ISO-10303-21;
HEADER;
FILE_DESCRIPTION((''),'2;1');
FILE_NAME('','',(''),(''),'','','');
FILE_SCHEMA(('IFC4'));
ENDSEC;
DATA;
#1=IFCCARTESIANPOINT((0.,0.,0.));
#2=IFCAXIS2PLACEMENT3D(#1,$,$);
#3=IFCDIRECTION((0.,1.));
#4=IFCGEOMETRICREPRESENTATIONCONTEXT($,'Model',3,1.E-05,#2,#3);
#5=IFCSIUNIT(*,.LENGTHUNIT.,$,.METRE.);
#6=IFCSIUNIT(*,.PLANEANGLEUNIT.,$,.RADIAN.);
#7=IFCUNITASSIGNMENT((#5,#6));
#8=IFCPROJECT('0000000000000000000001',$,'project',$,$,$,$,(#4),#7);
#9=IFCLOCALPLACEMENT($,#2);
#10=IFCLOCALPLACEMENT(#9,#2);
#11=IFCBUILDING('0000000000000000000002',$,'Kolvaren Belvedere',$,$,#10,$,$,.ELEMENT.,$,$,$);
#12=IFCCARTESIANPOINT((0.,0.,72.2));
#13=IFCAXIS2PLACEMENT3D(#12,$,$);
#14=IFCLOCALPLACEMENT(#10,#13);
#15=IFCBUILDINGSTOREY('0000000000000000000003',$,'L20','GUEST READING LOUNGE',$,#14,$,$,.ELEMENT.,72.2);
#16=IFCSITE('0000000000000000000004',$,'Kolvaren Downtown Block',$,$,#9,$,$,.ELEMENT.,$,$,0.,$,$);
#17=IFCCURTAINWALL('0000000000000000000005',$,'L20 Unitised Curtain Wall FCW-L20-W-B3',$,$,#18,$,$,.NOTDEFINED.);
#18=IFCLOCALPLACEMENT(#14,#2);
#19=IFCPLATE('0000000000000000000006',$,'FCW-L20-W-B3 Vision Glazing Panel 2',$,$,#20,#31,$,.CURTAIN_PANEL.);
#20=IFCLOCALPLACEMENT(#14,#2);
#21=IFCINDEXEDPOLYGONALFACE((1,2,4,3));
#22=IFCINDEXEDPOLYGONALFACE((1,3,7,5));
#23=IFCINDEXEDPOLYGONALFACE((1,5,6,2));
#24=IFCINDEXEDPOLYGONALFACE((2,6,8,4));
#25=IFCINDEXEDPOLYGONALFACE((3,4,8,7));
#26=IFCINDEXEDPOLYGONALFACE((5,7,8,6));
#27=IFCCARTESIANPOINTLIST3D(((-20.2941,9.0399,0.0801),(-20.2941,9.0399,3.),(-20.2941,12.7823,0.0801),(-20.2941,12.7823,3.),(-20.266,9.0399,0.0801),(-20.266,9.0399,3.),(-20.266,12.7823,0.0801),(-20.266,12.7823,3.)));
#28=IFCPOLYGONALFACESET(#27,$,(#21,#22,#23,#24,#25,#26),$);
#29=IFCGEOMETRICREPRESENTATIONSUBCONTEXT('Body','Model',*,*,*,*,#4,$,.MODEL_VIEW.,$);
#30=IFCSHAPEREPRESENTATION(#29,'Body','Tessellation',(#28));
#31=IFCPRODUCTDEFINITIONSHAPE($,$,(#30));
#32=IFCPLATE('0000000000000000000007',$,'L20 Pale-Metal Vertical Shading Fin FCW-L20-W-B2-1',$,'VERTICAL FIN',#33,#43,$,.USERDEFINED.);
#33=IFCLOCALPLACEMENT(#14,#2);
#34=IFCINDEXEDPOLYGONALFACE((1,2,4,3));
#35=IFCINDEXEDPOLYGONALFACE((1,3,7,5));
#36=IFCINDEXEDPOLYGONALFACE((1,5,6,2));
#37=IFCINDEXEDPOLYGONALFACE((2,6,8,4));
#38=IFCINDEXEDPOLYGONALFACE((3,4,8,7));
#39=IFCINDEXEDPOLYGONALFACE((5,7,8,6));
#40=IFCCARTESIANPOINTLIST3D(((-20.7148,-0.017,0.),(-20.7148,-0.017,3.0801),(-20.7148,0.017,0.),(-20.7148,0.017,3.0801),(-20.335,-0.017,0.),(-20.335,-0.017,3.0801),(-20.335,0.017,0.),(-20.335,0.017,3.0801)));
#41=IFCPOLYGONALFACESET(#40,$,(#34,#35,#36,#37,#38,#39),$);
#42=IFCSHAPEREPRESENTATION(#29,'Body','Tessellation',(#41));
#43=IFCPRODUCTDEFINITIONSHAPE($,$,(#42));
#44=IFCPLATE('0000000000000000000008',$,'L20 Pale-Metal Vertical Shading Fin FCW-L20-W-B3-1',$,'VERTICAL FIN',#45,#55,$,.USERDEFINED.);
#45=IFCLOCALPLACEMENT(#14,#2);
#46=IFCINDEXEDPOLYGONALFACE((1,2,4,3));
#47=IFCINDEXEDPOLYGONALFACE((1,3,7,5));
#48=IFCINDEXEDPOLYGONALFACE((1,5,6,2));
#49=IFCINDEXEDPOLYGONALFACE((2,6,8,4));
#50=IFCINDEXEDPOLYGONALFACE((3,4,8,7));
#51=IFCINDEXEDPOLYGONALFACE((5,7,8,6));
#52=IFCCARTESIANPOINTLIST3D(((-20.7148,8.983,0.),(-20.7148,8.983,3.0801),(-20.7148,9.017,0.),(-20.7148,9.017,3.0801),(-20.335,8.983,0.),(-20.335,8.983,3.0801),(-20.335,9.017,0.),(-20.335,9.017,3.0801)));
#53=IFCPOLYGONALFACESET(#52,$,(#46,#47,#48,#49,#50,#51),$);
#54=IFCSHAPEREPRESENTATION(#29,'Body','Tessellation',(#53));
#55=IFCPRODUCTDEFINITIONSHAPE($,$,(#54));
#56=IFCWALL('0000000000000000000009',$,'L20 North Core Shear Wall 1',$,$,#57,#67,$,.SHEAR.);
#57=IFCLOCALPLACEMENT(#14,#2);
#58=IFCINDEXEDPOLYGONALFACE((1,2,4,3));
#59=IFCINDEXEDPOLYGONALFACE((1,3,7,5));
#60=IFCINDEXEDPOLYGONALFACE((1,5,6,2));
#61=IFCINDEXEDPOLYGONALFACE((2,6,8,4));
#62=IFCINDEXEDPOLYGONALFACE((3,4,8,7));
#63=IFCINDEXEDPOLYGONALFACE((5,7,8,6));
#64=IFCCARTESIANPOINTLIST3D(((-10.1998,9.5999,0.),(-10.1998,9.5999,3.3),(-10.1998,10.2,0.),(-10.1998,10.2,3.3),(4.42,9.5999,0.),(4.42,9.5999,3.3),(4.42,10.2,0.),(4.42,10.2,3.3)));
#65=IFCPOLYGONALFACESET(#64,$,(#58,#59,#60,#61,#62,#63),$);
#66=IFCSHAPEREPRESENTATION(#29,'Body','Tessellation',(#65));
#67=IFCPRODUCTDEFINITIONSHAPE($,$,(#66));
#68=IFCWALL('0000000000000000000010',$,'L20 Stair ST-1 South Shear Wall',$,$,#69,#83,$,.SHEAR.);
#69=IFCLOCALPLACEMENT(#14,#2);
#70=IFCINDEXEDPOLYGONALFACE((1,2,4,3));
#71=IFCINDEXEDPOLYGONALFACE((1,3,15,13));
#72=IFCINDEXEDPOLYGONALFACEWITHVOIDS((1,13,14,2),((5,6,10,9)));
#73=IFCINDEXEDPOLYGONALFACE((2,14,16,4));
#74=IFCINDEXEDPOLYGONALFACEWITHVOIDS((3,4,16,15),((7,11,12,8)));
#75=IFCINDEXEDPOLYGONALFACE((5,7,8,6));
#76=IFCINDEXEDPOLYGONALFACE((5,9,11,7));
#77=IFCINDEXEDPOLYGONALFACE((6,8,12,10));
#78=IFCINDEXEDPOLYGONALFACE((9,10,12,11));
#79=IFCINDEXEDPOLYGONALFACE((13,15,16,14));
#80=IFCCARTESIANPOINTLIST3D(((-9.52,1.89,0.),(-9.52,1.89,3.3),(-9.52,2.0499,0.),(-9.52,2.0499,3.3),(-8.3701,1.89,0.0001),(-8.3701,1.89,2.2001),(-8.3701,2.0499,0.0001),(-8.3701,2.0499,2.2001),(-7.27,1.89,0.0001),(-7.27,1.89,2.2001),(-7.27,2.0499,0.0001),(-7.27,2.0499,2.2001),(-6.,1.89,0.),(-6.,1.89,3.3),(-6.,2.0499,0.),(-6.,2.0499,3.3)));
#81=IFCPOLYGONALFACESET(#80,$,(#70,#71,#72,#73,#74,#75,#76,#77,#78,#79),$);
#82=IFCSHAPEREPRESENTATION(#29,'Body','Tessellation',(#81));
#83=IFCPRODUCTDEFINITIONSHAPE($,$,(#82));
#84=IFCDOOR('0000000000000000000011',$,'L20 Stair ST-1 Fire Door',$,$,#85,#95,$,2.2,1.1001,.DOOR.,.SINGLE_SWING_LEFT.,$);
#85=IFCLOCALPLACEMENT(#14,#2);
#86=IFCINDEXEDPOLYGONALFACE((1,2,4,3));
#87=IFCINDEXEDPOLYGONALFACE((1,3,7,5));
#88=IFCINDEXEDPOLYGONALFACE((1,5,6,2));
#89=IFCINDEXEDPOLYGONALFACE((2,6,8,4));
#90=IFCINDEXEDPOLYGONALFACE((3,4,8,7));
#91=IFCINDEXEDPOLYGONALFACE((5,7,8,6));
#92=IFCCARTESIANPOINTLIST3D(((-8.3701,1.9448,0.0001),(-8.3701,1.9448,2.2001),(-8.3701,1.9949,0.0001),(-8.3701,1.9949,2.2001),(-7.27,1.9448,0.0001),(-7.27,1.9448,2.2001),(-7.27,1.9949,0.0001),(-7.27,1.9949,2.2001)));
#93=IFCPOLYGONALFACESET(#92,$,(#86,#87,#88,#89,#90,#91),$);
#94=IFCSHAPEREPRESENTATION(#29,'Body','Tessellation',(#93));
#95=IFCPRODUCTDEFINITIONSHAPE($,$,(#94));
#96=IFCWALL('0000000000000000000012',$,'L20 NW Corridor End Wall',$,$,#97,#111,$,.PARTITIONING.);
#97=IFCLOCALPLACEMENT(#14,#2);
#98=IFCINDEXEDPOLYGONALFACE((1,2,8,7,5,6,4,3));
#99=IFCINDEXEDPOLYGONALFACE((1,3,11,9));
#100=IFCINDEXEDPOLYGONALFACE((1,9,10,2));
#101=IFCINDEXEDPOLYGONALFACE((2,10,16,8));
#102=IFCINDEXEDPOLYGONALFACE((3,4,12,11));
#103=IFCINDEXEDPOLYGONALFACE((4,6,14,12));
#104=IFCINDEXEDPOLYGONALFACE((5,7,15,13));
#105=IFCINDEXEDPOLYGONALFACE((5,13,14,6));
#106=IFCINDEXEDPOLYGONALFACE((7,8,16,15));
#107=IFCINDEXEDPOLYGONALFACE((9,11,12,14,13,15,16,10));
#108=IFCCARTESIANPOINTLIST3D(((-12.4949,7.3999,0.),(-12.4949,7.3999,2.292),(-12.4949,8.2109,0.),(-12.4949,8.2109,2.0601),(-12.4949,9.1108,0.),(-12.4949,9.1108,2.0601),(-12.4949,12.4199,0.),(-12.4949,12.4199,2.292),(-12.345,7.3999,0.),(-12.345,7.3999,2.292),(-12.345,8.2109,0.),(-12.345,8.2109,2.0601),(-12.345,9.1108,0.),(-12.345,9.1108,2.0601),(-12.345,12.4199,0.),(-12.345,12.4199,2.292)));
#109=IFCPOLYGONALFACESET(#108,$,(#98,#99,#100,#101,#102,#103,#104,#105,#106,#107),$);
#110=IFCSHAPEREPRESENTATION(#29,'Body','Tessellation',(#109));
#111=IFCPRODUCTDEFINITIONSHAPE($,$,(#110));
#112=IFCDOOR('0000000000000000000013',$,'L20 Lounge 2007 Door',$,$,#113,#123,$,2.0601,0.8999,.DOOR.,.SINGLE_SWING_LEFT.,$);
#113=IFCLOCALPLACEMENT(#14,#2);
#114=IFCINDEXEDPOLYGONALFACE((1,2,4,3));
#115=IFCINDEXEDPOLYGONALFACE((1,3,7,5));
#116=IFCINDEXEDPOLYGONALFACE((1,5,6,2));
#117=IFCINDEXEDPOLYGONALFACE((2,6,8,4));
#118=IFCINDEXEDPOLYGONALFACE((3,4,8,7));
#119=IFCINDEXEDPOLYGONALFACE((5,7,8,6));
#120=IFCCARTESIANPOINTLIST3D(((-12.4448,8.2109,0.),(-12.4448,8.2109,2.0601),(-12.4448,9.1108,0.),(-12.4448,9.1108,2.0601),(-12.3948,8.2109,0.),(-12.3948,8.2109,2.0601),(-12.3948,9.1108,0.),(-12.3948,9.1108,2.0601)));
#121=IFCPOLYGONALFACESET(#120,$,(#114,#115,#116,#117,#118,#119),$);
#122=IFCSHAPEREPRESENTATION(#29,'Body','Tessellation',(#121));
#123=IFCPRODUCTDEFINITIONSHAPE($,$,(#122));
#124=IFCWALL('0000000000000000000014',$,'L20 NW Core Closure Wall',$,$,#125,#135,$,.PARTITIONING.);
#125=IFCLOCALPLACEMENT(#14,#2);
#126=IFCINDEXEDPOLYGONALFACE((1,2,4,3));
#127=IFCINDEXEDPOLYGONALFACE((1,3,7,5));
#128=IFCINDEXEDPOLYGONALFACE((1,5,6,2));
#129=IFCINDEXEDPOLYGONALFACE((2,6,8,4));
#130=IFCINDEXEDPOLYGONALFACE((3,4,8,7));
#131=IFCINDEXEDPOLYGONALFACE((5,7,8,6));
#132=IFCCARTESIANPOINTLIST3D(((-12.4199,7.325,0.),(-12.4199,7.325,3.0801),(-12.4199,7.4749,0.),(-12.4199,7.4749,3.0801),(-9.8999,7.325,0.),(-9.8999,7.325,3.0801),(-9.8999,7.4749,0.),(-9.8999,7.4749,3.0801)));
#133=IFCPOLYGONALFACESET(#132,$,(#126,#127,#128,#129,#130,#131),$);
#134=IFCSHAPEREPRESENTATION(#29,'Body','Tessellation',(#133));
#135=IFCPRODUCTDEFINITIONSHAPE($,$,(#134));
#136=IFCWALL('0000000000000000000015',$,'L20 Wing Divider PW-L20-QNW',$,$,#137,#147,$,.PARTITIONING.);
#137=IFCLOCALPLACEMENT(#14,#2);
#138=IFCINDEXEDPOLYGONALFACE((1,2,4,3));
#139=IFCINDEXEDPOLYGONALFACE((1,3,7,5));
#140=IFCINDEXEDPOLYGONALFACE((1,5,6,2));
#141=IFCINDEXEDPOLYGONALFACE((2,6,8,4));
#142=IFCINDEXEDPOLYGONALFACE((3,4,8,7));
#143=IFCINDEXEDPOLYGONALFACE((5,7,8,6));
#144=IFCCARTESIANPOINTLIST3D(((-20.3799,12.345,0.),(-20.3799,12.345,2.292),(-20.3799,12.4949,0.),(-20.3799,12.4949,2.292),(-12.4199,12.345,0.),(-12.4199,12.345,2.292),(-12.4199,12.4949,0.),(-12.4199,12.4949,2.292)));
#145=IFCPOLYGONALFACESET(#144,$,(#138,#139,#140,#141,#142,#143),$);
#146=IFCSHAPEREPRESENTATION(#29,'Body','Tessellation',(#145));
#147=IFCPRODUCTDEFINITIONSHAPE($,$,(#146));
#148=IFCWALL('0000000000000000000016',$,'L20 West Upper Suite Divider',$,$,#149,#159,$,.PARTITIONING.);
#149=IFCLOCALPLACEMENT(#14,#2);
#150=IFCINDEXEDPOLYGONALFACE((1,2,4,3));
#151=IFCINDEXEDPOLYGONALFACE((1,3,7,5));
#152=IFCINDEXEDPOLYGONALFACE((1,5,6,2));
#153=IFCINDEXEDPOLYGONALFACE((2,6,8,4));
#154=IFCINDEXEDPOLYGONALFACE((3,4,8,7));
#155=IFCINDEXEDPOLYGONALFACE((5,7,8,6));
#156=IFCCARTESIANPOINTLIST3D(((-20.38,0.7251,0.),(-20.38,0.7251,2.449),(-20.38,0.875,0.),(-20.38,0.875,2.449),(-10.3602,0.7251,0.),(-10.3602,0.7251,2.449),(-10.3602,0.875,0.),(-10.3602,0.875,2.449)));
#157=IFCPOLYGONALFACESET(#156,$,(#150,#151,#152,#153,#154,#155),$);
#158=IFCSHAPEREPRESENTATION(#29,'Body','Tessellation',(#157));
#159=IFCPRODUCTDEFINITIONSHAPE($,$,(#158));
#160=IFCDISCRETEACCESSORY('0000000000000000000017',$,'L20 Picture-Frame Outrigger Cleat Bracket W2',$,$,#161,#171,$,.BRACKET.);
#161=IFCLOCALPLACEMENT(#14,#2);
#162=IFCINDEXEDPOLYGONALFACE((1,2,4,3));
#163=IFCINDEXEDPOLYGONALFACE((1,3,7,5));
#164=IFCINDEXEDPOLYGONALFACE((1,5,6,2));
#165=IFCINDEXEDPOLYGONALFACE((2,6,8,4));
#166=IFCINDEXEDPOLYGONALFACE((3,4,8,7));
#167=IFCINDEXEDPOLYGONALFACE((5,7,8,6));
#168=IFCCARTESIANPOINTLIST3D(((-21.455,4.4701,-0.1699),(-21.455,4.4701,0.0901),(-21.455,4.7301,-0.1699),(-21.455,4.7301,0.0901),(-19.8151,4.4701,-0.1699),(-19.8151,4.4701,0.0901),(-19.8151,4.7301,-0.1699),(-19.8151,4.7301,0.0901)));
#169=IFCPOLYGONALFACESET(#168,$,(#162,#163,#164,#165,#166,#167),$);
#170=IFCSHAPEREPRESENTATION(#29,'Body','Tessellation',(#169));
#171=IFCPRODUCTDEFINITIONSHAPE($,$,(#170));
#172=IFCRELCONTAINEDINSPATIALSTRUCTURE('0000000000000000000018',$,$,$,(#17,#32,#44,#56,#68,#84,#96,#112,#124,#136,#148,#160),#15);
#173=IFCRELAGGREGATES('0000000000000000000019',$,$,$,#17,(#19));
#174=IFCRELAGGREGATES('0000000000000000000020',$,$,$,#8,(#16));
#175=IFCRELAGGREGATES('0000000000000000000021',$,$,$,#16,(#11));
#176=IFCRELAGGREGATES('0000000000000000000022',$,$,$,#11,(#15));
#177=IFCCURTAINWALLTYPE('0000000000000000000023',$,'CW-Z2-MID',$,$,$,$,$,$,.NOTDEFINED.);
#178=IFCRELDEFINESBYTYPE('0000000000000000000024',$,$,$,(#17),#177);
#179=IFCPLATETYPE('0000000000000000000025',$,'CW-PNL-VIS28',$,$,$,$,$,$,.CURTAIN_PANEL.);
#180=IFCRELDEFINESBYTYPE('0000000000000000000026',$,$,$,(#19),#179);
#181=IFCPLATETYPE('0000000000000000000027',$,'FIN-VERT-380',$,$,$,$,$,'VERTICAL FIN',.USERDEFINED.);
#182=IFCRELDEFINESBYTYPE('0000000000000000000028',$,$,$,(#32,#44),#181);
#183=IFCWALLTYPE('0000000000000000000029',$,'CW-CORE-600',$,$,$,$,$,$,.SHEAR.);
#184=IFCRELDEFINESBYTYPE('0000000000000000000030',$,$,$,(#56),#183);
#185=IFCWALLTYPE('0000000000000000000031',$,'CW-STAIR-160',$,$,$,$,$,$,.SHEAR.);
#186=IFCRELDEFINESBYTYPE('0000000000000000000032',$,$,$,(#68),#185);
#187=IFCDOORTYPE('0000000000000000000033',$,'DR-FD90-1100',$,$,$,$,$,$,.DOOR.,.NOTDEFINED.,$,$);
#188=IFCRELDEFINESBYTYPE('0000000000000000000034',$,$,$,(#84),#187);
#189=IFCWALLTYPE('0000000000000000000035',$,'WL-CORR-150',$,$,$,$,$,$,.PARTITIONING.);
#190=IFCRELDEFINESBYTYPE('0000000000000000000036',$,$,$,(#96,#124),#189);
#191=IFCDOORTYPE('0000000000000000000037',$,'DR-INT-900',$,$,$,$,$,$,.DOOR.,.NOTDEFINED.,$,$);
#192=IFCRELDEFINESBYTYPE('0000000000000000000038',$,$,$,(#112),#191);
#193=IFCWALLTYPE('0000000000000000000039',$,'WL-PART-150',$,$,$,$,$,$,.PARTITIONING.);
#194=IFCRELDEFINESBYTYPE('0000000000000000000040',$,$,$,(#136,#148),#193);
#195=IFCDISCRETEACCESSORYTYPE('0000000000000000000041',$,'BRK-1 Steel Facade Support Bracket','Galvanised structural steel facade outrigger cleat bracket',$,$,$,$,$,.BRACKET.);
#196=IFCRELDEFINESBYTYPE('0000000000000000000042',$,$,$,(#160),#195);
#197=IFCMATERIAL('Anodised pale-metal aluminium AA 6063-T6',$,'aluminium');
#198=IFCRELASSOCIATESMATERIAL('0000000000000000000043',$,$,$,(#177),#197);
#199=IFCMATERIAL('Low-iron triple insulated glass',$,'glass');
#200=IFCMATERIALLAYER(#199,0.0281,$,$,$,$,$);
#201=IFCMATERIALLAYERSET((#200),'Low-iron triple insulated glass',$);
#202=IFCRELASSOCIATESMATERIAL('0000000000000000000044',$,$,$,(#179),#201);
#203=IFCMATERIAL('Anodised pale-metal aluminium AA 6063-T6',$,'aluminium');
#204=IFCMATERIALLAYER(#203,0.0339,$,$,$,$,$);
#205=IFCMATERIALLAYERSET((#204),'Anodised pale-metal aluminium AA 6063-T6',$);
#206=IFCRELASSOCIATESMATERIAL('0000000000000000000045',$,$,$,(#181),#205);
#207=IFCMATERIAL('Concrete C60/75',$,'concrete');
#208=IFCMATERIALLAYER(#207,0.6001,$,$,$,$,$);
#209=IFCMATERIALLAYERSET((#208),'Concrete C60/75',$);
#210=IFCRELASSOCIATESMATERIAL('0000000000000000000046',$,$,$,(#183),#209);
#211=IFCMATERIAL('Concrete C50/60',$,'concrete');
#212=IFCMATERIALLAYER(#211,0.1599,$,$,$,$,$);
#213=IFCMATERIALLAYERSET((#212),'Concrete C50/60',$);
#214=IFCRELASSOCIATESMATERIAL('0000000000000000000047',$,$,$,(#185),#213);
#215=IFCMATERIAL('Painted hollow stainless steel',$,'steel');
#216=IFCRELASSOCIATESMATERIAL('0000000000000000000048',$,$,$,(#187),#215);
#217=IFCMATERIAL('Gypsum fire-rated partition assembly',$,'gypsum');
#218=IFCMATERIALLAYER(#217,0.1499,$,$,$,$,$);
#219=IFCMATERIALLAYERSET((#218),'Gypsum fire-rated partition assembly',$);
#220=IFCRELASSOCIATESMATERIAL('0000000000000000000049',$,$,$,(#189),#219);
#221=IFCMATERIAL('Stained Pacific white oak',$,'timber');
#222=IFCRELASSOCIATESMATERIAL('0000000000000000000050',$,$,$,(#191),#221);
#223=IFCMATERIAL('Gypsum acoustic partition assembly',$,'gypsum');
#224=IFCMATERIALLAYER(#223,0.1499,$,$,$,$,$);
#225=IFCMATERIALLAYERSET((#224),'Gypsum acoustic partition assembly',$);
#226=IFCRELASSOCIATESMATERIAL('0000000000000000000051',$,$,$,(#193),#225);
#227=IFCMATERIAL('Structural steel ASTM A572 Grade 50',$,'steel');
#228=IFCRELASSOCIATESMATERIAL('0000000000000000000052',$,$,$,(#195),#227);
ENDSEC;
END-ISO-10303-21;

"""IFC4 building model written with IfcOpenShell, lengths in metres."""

from ifc_helpers import new_model, si_unit, direction, frame, frame_2d, origin, origin_2d, place, context, subcontext, project, spatial, rectangle, extrude, material, layer, layer_set, type_object, element, fill, aggregate, save


model = new_model("IFC4")

# Units and contexts
model_context = context("Model", 3, precision=1e-05, world=origin(), true_north=direction((0.0, 1.0)))
body_context = subcontext(model_context, "Body", "Model", "MODEL_VIEW")
ifc_project = project(units=[si_unit("LENGTHUNIT", "METRE"), si_unit("PLANEANGLEUNIT", "RADIAN")], contexts=[model_context])

# Site, building, storey
site_placement = place(None, origin())
site = spatial("IfcSite", under=ifc_project, at=site_placement, Name="Kolvaren Downtown Block", CompositionType="ELEMENT", RefElevation=0.0)
building_placement = place(site_placement, origin())
building = spatial("IfcBuilding", under=site, at=building_placement, Name="Kolvaren Belvedere", CompositionType="ELEMENT")
storey_placement = place(building_placement, frame((0.0, 0.0, 72.2)))
storey = spatial("IfcBuildingStorey", under=building, at=storey_placement, Name="L20", Description="GUEST READING LOUNGE", CompositionType="ELEMENT", Elevation=72.2)

# Shared definitions
ifc_material_1 = material(Name="Anodised pale-metal aluminium AA 6063-T6", Category="aluminium")
curtain_wall_type = type_object("IfcCurtainWallType", Name="CW-Z2-MID", PredefinedType="NOTDEFINED", material=ifc_material_1)

# Curtain wall
curtain_wall_1_placement = place(storey_placement, origin())
curtain_wall_1 = element("IfcCurtainWall", 1, at=curtain_wall_1_placement, inside=storey, type_object=curtain_wall_type, Name="L20 Unitised Curtain Wall FCW-L20-W-B3", PredefinedType="NOTDEFINED")

# Plate
ifc_material_2 = material(Name="Low-iron triple insulated glass", Category="glass")
ifc_layer_1 = layer(ifc_material_2, 0.0281)
ifc_layer_set_1 = layer_set([ifc_layer_1], Name="Low-iron triple insulated glass")
plate_type_1 = type_object("IfcPlateType", Name="CW-PNL-VIS28", PredefinedType="CURTAIN_PANEL", material=ifc_layer_set_1)
plate_1_placement = place(storey_placement, frame((-20.28, 10.9111, 0.0801), z_axis=(0.0, 0.0, 1.0), x_axis=(0.0, 1.0, 0.0)))
plate_1 = element("IfcPlate", 2, at=plate_1_placement, type_object=plate_type_1, Name="FCW-L20-W-B3 Vision Glazing Panel 2", PredefinedType="CURTAIN_PANEL", context=body_context, shape_type="SweptSolid", body=[
    extrude(rectangle(XDim=3.7424, YDim=0.0281, at=origin_2d()), origin(), (0.0, 0.0, 1.0), 2.9199),
])
aggregate(curtain_wall_1, [plate_1])

# Plates
ifc_material_3 = material(Name="Anodised pale-metal aluminium AA 6063-T6", Category="aluminium")
ifc_layer_2 = layer(ifc_material_3, 0.0339)
ifc_layer_set_2 = layer_set([ifc_layer_2], Name="Anodised pale-metal aluminium AA 6063-T6")
plate_type_2 = type_object("IfcPlateType", Name="FIN-VERT-380", ElementType="VERTICAL FIN", PredefinedType="USERDEFINED", material=ifc_layer_set_2)
for number, where, z_axis, x_axis, name in (
    (3, (-20.5249, 0.0, 0.0), (0.0, 0.0, 1.0), (1.0, 0.0, 0.0), "L20 Pale-Metal Vertical Shading Fin FCW-L20-W-B2-1"),
    (4, (-20.5249, 9.0, 0.0), (0.0, 0.0, 1.0), (1.0, 0.0, 0.0), "L20 Pale-Metal Vertical Shading Fin FCW-L20-W-B3-1"),
):
    element("IfcPlate", number, at=place(storey_placement, frame(where, z_axis=z_axis, x_axis=x_axis)), inside=storey, type_object=plate_type_2, Name=name, ObjectType="VERTICAL FIN", PredefinedType="USERDEFINED", context=body_context, shape_type="SweptSolid", body=[
        extrude(rectangle(XDim=0.3799, YDim=0.0339, at=origin_2d()), origin(), (0.0, 0.0, 1.0), 3.0801),
    ])

# Wall
ifc_material_4 = material(Name="Concrete C60/75", Category="concrete")
ifc_layer_3 = layer(ifc_material_4, 0.6001)
ifc_layer_set_3 = layer_set([ifc_layer_3], Name="Concrete C60/75")
wall_type_1 = type_object("IfcWallType", Name="CW-CORE-600", PredefinedType="SHEAR", material=ifc_layer_set_3)
wall_1_placement = place(storey_placement, frame((-10.2, 9.8999, 0.0), z_axis=(0.0, 0.0, 1.0), x_axis=(1.0, 0.0, 0.0)))
element("IfcWall", 5, at=wall_1_placement, inside=storey, type_object=wall_type_1, Name="L20 North Core Shear Wall 1", PredefinedType="SHEAR", context=body_context, shape_type="SweptSolid", body=[
    extrude(rectangle(XDim=14.6199, YDim=0.6001, at=frame_2d((7.3101, 0.0))), origin(), (0.0, 0.0, 1.0), 3.3),
])

# Walls, openings, doors
ifc_material_5 = material(Name="Concrete C50/60", Category="concrete")
ifc_layer_4 = layer(ifc_material_5, 0.1599)
ifc_layer_set_4 = layer_set([ifc_layer_4], Name="Concrete C50/60")
wall_type_2 = type_object("IfcWallType", Name="CW-STAIR-160", PredefinedType="SHEAR", material=ifc_layer_set_4)
wall_2_placement = place(storey_placement, frame((-9.52, 1.97, 0.0), z_axis=(0.0, 0.0, 1.0), x_axis=(1.0, 0.0, 0.0)))
wall_2 = element("IfcWall", 6, at=wall_2_placement, inside=storey, type_object=wall_type_2, Name="L20 Stair ST-1 South Shear Wall", PredefinedType="SHEAR", context=body_context, shape_type="SweptSolid", body=[
    extrude(rectangle(XDim=3.52, YDim=0.1599, at=frame_2d((1.76, 0.0))), origin(), (0.0, 0.0, 1.0), 3.3),
])
opening_1_placement = place(wall_2_placement, frame((1.1499, 0.0, 0.0)))
opening_1 = element("IfcOpeningElement", 7, at=opening_1_placement, cuts=wall_2, PredefinedType="OPENING", context=body_context, shape_type="SweptSolid", body=[
    extrude(rectangle(XDim=1.1001, YDim=2.2, at=frame_2d((0.55, 1.1001))), frame((0.0, 0.0898, 0.0), z_axis=(0.0, -1.0, 0.0), x_axis=(1.0, 0.0, 0.0)), (0.0, 0.0, 1.0), 0.1799),
])
ifc_material_6 = material(Name="Painted hollow stainless steel", Category="steel")
door_type_1 = type_object("IfcDoorType", Name="DR-FD90-1100", OperationType="NOTDEFINED", PredefinedType="DOOR", material=ifc_material_6)
door_1_placement = place(opening_1_placement, origin())
door_1 = element("IfcDoor", 8, at=door_1_placement, inside=storey, type_object=door_type_1, Name="L20 Stair ST-1 Fire Door", OperationType="SINGLE_SWING_LEFT", OverallHeight=2.2, OverallWidth=1.1001, PredefinedType="DOOR", context=body_context, shape_type="SweptSolid", body=[
    extrude(rectangle(XDim=1.1001, YDim=2.2, at=frame_2d((0.55, 1.1001))), frame((0.0, 0.0249, 0.0), z_axis=(0.0, -1.0, 0.0), x_axis=(1.0, 0.0, 0.0)), (0.0, 0.0, 1.0), 0.05),
])
fill(opening_1, door_1)
ifc_material_7 = material(Name="Gypsum fire-rated partition assembly", Category="gypsum")
ifc_layer_5 = layer(ifc_material_7, 0.1499)
ifc_layer_set_5 = layer_set([ifc_layer_5], Name="Gypsum fire-rated partition assembly")
wall_type_3 = type_object("IfcWallType", Name="WL-CORR-150", PredefinedType="PARTITIONING", material=ifc_layer_set_5)
wall_3_placement = place(storey_placement, frame((-12.4199, 7.3999, 0.0), z_axis=(0.0, 0.0, 1.0), x_axis=(0.0, 1.0, 0.0)))
wall_3 = element("IfcWall", 9, at=wall_3_placement, inside=storey, type_object=wall_type_3, Name="L20 NW Corridor End Wall", PredefinedType="PARTITIONING", context=body_context, shape_type="SweptSolid", body=[
    extrude(rectangle(XDim=5.02, YDim=0.1499, at=frame_2d((2.51, 0.0))), origin(), (0.0, 0.0, 1.0), 2.292),
])
opening_2_placement = place(wall_3_placement, frame((0.811, 0.0, 0.0)))
opening_2 = element("IfcOpeningElement", 10, at=opening_2_placement, cuts=wall_3, PredefinedType="OPENING", context=body_context, shape_type="SweptSolid", body=[
    extrude(rectangle(XDim=0.8999, YDim=2.0601, at=frame_2d((0.45, 1.03))), frame((0.0, 0.085, 0.0), z_axis=(0.0, -1.0, 0.0), x_axis=(1.0, 0.0, 0.0)), (0.0, 0.0, 1.0), 0.1699),
])
ifc_material_8 = material(Name="Stained Pacific white oak", Category="timber")
door_type_2 = type_object("IfcDoorType", Name="DR-INT-900", OperationType="NOTDEFINED", PredefinedType="DOOR", material=ifc_material_8)
door_2_placement = place(opening_2_placement, origin())
door_2 = element("IfcDoor", 11, at=door_2_placement, inside=storey, type_object=door_type_2, Name="L20 Lounge 2007 Door", OperationType="SINGLE_SWING_LEFT", OverallHeight=2.0601, OverallWidth=0.8999, PredefinedType="DOOR", context=body_context, shape_type="SweptSolid", body=[
    extrude(rectangle(XDim=0.8999, YDim=2.0601, at=frame_2d((0.45, 1.03))), frame((0.0, 0.0249, 0.0), z_axis=(0.0, -1.0, 0.0), x_axis=(1.0, 0.0, 0.0)), (0.0, 0.0, 1.0), 0.05),
])
fill(opening_2, door_2)

# Walls
wall_4_placement = place(storey_placement, frame((-12.4199, 7.3999, 0.0), z_axis=(0.0, 0.0, 1.0), x_axis=(1.0, 0.0, 0.0)))
element("IfcWall", 12, at=wall_4_placement, inside=storey, type_object=wall_type_3, Name="L20 NW Core Closure Wall", PredefinedType="PARTITIONING", context=body_context, shape_type="SweptSolid", body=[
    extrude(rectangle(XDim=2.52, YDim=0.1499, at=frame_2d((1.26, 0.0))), origin(), (0.0, 0.0, 1.0), 3.0801),
])
ifc_material_9 = material(Name="Gypsum acoustic partition assembly", Category="gypsum")
ifc_layer_6 = layer(ifc_material_9, 0.1499)
ifc_layer_set_6 = layer_set([ifc_layer_6], Name="Gypsum acoustic partition assembly")
wall_type_4 = type_object("IfcWallType", Name="WL-PART-150", PredefinedType="PARTITIONING", material=ifc_layer_set_6)
wall_5_placement = place(storey_placement, frame((-20.3799, 12.4199, 0.0), z_axis=(0.0, 0.0, 1.0), x_axis=(1.0, 0.0, 0.0)))
element("IfcWall", 13, at=wall_5_placement, inside=storey, type_object=wall_type_4, Name="L20 Wing Divider PW-L20-QNW", PredefinedType="PARTITIONING", context=body_context, shape_type="SweptSolid", body=[
    extrude(rectangle(XDim=7.96, YDim=0.1499, at=frame_2d((3.98, 0.0))), origin(), (0.0, 0.0, 1.0), 2.292),
])
wall_6_placement = place(storey_placement, frame((-20.3799, 0.8, 0.0), z_axis=(0.0, 0.0, 1.0), x_axis=(1.0, 0.0, 0.0)))
element("IfcWall", 14, at=wall_6_placement, inside=storey, type_object=wall_type_4, Name="L20 West Upper Suite Divider", PredefinedType="PARTITIONING", context=body_context, shape_type="SweptSolid", body=[
    extrude(rectangle(XDim=10.0198, YDim=0.1499, at=frame_2d((5.0098, 0.0))), origin(), (0.0, 0.0, 1.0), 2.449),
])

# Discrete accessory
ifc_material_10 = material(Name="Structural steel ASTM A572 Grade 50", Category="steel")
discrete_accessory_type = type_object("IfcDiscreteAccessoryType", Name="BRK-1 Steel Facade Support Bracket", Description="Galvanised structural steel facade outrigger cleat bracket", PredefinedType="BRACKET", material=ifc_material_10)
discrete_accessory_placement = place(storey_placement, frame((-20.635, 4.6001, -0.1699), z_axis=(0.0, 0.0, 1.0), x_axis=(1.0, 0.0, 0.0)))
element("IfcDiscreteAccessory", 15, at=discrete_accessory_placement, inside=storey, type_object=discrete_accessory_type, Name="L20 Picture-Frame Outrigger Cleat Bracket W2", PredefinedType="BRACKET", context=body_context, shape_type="SweptSolid", body=[
    extrude(rectangle(XDim=1.6399, YDim=0.26, at=origin_2d()), origin(), (0.0, 0.0, 1.0), 0.26),
])

save(model, "model.ifc")
